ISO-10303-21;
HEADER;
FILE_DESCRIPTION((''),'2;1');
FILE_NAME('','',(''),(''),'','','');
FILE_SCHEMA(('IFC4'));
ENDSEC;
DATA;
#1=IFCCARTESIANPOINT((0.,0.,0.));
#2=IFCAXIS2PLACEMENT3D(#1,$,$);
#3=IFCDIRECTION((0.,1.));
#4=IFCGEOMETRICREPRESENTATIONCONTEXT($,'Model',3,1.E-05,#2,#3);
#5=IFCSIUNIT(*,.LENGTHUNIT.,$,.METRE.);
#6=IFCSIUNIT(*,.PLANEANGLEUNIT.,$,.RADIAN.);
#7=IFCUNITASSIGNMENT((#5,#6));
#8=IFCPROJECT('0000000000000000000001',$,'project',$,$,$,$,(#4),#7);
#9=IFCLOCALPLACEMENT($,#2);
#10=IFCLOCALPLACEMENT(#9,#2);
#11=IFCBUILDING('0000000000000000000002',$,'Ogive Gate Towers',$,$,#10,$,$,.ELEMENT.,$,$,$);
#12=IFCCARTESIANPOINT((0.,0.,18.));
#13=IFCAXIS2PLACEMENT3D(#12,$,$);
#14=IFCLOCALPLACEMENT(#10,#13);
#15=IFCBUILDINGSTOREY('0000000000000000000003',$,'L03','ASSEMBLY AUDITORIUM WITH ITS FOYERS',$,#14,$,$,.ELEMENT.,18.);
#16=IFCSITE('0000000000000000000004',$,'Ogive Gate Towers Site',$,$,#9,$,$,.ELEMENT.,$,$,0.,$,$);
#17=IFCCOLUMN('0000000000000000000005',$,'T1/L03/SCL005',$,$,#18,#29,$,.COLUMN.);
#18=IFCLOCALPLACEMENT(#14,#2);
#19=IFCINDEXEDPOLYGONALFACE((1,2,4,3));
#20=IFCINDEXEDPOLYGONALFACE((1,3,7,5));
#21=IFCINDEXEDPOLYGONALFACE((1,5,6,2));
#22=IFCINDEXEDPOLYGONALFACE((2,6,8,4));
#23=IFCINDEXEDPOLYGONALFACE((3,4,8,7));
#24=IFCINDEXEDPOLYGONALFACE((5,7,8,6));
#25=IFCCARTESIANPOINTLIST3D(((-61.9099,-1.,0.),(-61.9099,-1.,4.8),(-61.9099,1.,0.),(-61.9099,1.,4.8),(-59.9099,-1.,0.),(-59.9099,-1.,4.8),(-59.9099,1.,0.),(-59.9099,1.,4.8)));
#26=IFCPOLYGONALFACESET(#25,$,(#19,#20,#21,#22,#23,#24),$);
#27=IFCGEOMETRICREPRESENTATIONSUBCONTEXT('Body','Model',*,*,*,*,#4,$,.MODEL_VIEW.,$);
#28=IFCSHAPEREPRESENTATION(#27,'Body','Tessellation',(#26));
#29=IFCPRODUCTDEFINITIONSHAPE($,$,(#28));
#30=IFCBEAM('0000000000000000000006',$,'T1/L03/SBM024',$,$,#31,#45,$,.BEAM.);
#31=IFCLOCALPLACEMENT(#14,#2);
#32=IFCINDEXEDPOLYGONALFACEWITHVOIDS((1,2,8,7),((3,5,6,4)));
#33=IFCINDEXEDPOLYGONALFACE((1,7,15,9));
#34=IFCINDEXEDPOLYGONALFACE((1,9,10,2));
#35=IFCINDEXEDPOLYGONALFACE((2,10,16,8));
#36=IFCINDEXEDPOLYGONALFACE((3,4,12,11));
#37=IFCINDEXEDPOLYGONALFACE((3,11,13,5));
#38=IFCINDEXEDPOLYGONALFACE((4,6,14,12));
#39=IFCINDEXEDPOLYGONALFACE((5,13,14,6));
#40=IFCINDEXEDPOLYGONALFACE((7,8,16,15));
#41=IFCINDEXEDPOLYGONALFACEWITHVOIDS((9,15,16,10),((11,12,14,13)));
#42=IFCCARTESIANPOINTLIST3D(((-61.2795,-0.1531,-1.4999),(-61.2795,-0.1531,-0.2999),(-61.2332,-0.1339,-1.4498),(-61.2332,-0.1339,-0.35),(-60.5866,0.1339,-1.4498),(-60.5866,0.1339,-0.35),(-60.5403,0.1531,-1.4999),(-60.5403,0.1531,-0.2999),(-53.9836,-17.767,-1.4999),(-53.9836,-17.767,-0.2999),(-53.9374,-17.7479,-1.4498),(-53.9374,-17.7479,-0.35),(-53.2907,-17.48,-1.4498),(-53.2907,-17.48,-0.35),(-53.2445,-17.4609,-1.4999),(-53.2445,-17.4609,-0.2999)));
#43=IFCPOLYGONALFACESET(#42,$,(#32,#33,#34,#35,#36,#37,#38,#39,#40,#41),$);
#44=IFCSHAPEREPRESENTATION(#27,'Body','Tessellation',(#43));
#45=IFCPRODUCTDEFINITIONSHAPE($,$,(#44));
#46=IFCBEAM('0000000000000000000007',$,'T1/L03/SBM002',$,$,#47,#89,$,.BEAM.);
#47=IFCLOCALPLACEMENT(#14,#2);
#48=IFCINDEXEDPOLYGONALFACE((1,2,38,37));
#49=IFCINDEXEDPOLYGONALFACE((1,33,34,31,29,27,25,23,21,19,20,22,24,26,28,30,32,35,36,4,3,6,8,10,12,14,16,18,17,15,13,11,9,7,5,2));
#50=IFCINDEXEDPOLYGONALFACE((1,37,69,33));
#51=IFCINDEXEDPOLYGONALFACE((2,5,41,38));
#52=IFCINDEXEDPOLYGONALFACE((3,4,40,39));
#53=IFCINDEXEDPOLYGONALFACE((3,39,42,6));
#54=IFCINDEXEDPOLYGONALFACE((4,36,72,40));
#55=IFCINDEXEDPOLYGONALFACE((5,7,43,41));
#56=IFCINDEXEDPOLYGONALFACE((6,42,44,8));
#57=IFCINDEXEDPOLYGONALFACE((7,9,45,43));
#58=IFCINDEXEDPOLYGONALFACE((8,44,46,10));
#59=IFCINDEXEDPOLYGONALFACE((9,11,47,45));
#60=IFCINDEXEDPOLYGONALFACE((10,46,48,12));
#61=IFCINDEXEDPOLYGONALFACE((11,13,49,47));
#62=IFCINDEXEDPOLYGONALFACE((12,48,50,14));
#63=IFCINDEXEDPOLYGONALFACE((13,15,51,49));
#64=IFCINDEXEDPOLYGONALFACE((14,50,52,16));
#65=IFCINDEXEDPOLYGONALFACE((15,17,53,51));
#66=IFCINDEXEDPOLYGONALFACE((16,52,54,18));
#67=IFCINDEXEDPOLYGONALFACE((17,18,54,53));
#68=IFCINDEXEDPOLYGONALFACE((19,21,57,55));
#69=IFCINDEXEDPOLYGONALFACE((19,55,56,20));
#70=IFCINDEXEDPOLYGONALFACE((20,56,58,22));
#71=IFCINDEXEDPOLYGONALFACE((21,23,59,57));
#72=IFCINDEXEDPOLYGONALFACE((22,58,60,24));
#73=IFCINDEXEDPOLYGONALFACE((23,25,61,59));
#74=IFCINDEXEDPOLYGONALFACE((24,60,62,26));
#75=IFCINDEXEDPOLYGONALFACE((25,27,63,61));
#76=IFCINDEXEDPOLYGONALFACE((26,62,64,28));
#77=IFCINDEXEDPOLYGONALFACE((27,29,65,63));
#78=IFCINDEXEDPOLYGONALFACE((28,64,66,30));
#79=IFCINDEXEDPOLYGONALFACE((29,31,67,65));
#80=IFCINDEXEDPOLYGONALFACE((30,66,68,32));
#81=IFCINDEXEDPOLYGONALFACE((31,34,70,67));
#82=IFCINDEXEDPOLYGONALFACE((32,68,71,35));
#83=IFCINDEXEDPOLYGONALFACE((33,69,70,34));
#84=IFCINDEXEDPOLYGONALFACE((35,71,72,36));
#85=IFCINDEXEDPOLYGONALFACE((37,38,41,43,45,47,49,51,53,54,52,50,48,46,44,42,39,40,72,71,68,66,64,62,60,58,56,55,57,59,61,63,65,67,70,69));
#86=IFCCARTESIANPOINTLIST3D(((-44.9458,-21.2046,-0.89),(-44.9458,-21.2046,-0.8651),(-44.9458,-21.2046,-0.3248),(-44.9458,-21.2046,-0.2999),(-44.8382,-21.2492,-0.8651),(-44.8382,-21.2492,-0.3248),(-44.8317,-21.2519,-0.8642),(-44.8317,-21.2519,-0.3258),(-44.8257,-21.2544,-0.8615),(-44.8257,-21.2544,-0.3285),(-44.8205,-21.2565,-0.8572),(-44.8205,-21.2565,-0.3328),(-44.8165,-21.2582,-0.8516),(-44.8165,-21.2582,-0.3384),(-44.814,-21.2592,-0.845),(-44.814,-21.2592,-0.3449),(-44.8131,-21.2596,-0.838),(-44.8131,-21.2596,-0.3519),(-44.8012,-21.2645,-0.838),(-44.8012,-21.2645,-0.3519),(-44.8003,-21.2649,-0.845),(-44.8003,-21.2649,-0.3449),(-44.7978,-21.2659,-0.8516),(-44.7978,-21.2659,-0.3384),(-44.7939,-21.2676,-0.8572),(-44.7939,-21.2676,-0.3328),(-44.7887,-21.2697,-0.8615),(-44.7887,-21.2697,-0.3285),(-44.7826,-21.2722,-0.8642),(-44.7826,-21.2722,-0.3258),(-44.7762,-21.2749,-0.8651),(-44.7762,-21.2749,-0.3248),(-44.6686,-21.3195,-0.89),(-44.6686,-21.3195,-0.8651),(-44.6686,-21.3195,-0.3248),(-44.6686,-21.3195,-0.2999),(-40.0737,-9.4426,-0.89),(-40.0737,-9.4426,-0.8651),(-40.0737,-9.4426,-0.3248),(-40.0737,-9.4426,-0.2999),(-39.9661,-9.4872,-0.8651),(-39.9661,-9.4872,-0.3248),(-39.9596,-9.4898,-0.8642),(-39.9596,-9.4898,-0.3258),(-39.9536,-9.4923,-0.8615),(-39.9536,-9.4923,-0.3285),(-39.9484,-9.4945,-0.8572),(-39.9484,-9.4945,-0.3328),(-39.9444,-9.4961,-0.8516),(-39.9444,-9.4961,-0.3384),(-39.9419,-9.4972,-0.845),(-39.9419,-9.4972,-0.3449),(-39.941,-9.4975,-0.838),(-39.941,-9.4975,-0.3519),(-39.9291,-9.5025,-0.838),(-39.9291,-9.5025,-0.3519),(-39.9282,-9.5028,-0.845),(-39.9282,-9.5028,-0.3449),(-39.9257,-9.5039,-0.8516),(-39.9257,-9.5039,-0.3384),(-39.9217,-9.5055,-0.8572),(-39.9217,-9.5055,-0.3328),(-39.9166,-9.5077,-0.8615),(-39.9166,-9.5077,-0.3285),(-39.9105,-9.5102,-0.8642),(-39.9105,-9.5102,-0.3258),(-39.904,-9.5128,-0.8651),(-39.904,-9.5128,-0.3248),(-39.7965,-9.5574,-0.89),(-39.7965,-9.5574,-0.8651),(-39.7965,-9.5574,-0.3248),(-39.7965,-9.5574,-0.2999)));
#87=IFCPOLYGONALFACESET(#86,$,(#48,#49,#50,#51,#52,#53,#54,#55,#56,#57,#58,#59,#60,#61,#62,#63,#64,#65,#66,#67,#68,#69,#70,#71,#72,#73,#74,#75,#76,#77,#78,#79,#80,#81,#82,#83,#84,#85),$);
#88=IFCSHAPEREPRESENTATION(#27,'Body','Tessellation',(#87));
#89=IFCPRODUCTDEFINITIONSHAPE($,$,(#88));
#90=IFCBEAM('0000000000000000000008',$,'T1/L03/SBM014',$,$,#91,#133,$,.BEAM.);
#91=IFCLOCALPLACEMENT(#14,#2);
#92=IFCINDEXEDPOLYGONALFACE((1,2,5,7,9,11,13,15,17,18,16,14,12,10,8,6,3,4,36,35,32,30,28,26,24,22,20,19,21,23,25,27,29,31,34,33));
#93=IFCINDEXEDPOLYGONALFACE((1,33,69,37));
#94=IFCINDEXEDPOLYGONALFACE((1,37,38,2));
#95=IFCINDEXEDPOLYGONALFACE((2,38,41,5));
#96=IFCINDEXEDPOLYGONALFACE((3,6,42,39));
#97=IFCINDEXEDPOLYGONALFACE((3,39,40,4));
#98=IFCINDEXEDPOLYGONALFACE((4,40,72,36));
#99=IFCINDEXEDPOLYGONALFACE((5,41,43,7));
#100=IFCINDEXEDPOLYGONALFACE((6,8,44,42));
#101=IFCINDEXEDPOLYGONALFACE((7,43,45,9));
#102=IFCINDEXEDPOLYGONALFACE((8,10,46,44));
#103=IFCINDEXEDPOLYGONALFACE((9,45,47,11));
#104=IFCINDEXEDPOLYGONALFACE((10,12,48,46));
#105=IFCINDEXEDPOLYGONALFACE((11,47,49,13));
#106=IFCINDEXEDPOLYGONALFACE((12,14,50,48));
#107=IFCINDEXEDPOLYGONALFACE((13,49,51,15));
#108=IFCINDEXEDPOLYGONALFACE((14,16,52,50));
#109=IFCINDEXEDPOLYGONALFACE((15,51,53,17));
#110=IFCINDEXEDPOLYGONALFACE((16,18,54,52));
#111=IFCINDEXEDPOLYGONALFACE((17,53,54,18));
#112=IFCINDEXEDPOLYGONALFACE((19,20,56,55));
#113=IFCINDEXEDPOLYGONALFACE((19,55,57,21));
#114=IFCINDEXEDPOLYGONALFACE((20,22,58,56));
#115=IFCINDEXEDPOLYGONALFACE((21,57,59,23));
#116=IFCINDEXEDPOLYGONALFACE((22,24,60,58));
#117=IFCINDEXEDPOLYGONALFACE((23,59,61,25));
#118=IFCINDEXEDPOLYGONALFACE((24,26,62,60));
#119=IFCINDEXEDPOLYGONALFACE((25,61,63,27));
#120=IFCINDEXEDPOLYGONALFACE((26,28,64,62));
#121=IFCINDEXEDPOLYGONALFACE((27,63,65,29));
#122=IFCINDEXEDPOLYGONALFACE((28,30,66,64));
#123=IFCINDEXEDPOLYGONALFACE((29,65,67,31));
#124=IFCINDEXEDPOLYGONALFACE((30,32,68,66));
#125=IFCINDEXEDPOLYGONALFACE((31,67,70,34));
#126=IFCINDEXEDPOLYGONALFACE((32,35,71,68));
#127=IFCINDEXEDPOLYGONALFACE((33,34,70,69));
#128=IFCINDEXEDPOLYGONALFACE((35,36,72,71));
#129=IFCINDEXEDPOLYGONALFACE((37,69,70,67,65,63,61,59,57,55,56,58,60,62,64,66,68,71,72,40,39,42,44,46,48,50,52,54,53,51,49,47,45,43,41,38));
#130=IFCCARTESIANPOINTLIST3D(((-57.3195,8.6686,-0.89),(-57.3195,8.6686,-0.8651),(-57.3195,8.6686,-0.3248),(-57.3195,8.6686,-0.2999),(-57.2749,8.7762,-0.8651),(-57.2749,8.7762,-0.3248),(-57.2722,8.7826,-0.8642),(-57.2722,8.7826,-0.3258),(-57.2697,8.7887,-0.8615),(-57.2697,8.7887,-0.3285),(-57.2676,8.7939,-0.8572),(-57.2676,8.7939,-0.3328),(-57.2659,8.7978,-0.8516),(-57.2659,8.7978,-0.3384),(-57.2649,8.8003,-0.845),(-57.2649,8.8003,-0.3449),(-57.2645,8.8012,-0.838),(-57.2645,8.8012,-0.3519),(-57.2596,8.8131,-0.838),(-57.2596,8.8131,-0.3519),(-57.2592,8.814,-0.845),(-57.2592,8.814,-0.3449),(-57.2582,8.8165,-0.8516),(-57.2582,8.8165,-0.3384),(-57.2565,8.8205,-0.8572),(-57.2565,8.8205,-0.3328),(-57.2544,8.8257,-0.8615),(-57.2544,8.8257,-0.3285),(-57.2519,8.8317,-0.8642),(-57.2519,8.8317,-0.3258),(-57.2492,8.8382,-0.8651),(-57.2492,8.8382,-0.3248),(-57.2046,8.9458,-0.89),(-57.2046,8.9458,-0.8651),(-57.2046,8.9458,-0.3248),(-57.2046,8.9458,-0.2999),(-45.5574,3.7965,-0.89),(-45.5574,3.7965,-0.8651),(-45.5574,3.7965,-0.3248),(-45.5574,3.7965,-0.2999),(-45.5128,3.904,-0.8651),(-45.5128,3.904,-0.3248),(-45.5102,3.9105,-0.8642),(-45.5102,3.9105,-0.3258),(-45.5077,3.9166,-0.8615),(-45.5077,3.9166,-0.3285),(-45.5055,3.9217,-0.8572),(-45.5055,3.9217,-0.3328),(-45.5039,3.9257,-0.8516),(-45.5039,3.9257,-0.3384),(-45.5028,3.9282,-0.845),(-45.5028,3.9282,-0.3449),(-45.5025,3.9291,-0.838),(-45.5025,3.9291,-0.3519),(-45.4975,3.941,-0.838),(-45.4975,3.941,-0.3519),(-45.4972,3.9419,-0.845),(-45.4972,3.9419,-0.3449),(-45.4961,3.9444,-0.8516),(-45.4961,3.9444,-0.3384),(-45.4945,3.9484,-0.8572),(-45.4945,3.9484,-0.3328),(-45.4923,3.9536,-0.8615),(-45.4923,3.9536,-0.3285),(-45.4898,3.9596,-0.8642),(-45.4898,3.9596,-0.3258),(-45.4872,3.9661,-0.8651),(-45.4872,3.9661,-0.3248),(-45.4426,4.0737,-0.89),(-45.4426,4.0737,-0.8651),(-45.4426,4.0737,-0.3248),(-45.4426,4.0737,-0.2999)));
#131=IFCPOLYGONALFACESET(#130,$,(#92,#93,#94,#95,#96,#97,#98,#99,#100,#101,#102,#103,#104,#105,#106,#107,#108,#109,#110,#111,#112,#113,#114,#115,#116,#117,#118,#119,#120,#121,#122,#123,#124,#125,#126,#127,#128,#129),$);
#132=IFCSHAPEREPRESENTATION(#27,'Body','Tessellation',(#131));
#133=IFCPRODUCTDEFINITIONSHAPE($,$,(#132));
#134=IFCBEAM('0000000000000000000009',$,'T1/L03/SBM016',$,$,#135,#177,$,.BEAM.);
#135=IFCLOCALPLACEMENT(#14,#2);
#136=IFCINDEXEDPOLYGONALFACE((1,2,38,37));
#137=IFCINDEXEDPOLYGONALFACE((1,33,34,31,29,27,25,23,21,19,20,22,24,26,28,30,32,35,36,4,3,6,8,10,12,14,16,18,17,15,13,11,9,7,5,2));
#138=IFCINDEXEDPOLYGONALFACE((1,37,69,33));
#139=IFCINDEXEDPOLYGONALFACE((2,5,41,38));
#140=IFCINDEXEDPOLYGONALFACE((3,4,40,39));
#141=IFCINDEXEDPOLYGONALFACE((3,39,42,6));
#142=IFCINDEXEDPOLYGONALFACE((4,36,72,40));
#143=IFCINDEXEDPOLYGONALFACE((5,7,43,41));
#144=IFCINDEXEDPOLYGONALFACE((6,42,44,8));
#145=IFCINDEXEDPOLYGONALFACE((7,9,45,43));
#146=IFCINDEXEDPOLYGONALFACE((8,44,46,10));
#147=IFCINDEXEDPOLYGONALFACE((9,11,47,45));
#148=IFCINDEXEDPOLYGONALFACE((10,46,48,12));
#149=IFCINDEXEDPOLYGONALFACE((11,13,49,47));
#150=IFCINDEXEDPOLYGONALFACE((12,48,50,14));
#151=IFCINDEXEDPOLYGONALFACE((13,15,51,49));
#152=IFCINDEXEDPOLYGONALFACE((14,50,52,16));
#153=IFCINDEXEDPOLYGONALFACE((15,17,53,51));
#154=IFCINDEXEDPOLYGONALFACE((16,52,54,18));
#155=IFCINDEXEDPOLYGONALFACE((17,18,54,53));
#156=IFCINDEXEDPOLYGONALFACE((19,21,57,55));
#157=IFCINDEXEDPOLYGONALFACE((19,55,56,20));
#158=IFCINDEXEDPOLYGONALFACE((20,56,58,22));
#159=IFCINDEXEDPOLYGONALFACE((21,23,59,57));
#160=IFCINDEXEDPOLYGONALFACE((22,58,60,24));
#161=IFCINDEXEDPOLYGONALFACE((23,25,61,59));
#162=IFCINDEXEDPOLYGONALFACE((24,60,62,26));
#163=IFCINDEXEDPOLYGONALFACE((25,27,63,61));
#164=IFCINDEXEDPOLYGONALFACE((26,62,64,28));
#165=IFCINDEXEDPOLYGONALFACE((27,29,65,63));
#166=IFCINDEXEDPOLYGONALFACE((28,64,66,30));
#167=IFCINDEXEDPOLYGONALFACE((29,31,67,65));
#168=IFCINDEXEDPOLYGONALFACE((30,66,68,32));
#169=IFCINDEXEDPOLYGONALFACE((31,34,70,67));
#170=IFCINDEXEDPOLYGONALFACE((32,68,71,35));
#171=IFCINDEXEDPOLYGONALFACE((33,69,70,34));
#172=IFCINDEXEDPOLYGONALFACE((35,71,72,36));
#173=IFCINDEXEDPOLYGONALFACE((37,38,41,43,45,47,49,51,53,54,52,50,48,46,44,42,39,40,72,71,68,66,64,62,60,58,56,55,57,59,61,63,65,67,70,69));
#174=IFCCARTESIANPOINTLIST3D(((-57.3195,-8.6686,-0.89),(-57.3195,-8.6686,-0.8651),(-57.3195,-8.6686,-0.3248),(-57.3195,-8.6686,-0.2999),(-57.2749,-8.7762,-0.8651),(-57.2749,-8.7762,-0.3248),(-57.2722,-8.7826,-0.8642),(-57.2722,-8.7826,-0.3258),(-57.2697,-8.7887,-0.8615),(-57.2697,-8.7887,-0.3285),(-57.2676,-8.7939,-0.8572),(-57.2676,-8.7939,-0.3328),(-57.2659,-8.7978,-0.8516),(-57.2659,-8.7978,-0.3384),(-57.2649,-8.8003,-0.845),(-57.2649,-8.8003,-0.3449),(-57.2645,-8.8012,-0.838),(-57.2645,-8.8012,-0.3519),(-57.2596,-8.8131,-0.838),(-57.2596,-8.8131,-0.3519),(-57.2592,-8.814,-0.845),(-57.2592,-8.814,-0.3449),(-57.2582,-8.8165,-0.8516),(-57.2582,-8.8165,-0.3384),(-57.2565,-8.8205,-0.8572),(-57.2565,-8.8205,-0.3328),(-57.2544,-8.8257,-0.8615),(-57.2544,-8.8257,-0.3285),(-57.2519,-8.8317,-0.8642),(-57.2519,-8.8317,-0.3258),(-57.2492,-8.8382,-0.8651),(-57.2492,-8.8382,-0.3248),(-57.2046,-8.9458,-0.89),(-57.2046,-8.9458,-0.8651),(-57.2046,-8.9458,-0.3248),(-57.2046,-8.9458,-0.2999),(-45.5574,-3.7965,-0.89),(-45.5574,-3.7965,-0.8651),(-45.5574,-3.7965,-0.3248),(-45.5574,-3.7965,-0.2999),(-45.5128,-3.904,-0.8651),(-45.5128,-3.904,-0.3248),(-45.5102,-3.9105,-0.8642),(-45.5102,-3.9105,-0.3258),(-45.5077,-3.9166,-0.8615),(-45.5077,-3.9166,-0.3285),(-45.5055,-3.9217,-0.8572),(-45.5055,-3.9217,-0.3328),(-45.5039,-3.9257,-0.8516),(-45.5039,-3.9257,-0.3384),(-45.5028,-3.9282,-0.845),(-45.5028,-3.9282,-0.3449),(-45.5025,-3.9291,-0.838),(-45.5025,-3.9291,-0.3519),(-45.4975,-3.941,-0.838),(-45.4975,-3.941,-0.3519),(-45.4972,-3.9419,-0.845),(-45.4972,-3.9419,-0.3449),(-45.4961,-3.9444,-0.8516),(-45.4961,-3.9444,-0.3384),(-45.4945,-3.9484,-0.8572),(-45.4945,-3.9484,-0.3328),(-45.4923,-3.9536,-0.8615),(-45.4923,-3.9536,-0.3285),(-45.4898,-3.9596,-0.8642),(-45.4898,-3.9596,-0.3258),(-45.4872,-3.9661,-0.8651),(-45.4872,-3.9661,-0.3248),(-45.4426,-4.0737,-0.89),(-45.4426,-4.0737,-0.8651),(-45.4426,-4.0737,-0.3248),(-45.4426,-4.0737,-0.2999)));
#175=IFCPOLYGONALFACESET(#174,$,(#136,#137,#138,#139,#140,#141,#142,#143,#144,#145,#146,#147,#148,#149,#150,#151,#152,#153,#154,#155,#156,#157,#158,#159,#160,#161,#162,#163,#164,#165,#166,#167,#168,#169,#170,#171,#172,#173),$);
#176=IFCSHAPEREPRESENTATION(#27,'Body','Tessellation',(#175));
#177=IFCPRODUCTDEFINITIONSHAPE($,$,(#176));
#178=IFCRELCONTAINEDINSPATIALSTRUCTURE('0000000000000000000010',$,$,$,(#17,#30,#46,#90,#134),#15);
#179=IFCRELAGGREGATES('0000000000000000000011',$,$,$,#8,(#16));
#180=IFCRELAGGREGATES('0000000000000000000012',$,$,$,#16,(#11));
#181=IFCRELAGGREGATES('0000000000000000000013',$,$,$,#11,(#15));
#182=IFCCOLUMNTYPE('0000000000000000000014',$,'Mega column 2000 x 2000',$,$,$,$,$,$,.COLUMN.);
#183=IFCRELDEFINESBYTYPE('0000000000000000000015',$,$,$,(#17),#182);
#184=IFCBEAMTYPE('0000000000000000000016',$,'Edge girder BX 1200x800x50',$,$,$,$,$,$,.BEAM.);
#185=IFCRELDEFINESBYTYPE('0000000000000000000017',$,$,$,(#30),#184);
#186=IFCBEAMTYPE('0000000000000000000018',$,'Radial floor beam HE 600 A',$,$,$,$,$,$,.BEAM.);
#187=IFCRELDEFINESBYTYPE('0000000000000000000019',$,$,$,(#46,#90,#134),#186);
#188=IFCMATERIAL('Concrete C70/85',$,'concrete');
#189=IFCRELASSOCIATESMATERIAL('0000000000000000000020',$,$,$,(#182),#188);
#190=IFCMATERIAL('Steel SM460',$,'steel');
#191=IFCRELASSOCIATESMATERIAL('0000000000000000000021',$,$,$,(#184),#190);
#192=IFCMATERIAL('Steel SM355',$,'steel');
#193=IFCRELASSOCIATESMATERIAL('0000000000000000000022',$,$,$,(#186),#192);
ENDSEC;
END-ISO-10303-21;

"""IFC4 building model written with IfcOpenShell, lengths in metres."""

from ifc_helpers import new_model, si_unit, direction, frame, origin, origin_2d, place, context, subcontext, project, spatial, rectangle, hollow_rectangle, i_section, extrude, material, material_profile, profile_set, type_object, element, save


model = new_model("IFC4")

# Units and contexts
model_context = context("Model", 3, precision=1e-05, world=origin(), true_north=direction((0.0, 1.0)))
body_context = subcontext(model_context, "Body", "Model", "MODEL_VIEW")
ifc_project = project(units=[si_unit("LENGTHUNIT", "METRE"), si_unit("PLANEANGLEUNIT", "RADIAN")], contexts=[model_context])

# Site, building, storey
site_placement = place(None, origin())
site = spatial("IfcSite", under=ifc_project, at=site_placement, Name="Ogive Gate Towers Site", CompositionType="ELEMENT", RefElevation=0.0)
building_placement = place(site_placement, origin())
building = spatial("IfcBuilding", under=site, at=building_placement, Name="Ogive Gate Towers", CompositionType="ELEMENT")
storey_placement = place(building_placement, frame((0.0, 0.0, 18.0)))
storey = spatial("IfcBuildingStorey", under=building, at=storey_placement, Name="L03", Description="ASSEMBLY AUDITORIUM WITH ITS FOYERS", CompositionType="ELEMENT", Elevation=18.0)

# Column
ifc_material_1 = material(Name="Concrete C70/85", Category="concrete")
ifc_material_profile_1 = material_profile(ifc_material_1, rectangle(XDim=2.0, YDim=2.0, at=origin_2d()), Name="RC 2000x2000")
ifc_profile_set_1 = profile_set([ifc_material_profile_1], Name="Concrete C70/85")
column_type = type_object("IfcColumnType", Name="Mega column 2000 x 2000", PredefinedType="COLUMN", material=ifc_profile_set_1)
column_placement = place(storey_placement, frame((-60.9099, 0.0, 0.0), z_axis=(0.0, 0.0, 1.0), x_axis=(-1.0, 0.0, 0.0)))
element("IfcColumn", 1, at=column_placement, inside=storey, type_object=column_type, Name="T1/L03/SCL005", PredefinedType="COLUMN", context=body_context, shape_type="SweptSolid", body=[
    extrude(rectangle(XDim=2.0, YDim=2.0, at=origin_2d()), origin(), (0.0, 0.0, 1.0), 4.8),
])

# Beams
ifc_material_2 = material(Name="Steel SM460", Category="steel")
ifc_material_profile_2 = material_profile(ifc_material_2, hollow_rectangle(XDim=0.8, YDim=1.2, WallThickness=0.05, at=origin_2d()), Name="BX 1200x800x50")
ifc_profile_set_2 = profile_set([ifc_material_profile_2], Name="Steel SM460")
beam_type_1 = type_object("IfcBeamType", Name="Edge girder BX 1200x800x50", PredefinedType="BEAM", material=ifc_profile_set_2)
beam_1_placement = place(storey_placement, frame((-60.9099, 0.0, -0.8999), z_axis=(0.382681, -0.923881, 0.0), x_axis=(0.923881, 0.382681, 0.0)))
element("IfcBeam", 2, at=beam_1_placement, inside=storey, type_object=beam_type_1, Name="T1/L03/SBM024", PredefinedType="BEAM", context=body_context, shape_type="SweptSolid", body=[
    extrude(hollow_rectangle(XDim=0.8, YDim=1.2, WallThickness=0.05, at=origin_2d()), origin(), (0.0, 0.0, 1.0), 19.0652),
])
ifc_material_3 = material(Name="Steel SM355", Category="steel")
ifc_material_profile_3 = material_profile(ifc_material_3, i_section(OverallWidth=0.3, OverallDepth=0.5901, WebThickness=0.0129, FlangeThickness=0.0249, FilletRadius=0.0271, at=origin_2d()), Name="HE 600 A")
ifc_profile_set_3 = profile_set([ifc_material_profile_3], Name="Steel SM355")
beam_type_2 = type_object("IfcBeamType", Name="Radial floor beam HE 600 A", PredefinedType="BEAM", material=ifc_profile_set_3)
for number, where, z_axis, x_axis, name in (
    (3, (-39.9351, -9.5, -0.595), (-0.382691, -0.923877, 0.0), (0.923877, -0.382691, 0.0), "T1/L03/SBM002"),
    (4, (-45.5, 3.9351, -0.595), (-0.923877, 0.382691, 0.0), (-0.382691, -0.923877, 0.0), "T1/L03/SBM014"),
    (5, (-45.5, -3.9351, -0.595), (-0.923877, -0.382691, 0.0), (0.382691, -0.923877, 0.0), "T1/L03/SBM016"),
):
    element("IfcBeam", number, at=place(storey_placement, frame(where, z_axis=z_axis, x_axis=x_axis)), inside=storey, type_object=beam_type_2, Name=name, PredefinedType="BEAM", context=body_context, shape_type="SweptSolid", body=[
        extrude(i_section(OverallWidth=0.3, OverallDepth=0.5901, WebThickness=0.0129, FlangeThickness=0.0249, FilletRadius=0.0271, at=origin_2d()), origin(), (0.0, 0.0, 1.0), 12.7312),
    ])

save(model, "model.ifc")
